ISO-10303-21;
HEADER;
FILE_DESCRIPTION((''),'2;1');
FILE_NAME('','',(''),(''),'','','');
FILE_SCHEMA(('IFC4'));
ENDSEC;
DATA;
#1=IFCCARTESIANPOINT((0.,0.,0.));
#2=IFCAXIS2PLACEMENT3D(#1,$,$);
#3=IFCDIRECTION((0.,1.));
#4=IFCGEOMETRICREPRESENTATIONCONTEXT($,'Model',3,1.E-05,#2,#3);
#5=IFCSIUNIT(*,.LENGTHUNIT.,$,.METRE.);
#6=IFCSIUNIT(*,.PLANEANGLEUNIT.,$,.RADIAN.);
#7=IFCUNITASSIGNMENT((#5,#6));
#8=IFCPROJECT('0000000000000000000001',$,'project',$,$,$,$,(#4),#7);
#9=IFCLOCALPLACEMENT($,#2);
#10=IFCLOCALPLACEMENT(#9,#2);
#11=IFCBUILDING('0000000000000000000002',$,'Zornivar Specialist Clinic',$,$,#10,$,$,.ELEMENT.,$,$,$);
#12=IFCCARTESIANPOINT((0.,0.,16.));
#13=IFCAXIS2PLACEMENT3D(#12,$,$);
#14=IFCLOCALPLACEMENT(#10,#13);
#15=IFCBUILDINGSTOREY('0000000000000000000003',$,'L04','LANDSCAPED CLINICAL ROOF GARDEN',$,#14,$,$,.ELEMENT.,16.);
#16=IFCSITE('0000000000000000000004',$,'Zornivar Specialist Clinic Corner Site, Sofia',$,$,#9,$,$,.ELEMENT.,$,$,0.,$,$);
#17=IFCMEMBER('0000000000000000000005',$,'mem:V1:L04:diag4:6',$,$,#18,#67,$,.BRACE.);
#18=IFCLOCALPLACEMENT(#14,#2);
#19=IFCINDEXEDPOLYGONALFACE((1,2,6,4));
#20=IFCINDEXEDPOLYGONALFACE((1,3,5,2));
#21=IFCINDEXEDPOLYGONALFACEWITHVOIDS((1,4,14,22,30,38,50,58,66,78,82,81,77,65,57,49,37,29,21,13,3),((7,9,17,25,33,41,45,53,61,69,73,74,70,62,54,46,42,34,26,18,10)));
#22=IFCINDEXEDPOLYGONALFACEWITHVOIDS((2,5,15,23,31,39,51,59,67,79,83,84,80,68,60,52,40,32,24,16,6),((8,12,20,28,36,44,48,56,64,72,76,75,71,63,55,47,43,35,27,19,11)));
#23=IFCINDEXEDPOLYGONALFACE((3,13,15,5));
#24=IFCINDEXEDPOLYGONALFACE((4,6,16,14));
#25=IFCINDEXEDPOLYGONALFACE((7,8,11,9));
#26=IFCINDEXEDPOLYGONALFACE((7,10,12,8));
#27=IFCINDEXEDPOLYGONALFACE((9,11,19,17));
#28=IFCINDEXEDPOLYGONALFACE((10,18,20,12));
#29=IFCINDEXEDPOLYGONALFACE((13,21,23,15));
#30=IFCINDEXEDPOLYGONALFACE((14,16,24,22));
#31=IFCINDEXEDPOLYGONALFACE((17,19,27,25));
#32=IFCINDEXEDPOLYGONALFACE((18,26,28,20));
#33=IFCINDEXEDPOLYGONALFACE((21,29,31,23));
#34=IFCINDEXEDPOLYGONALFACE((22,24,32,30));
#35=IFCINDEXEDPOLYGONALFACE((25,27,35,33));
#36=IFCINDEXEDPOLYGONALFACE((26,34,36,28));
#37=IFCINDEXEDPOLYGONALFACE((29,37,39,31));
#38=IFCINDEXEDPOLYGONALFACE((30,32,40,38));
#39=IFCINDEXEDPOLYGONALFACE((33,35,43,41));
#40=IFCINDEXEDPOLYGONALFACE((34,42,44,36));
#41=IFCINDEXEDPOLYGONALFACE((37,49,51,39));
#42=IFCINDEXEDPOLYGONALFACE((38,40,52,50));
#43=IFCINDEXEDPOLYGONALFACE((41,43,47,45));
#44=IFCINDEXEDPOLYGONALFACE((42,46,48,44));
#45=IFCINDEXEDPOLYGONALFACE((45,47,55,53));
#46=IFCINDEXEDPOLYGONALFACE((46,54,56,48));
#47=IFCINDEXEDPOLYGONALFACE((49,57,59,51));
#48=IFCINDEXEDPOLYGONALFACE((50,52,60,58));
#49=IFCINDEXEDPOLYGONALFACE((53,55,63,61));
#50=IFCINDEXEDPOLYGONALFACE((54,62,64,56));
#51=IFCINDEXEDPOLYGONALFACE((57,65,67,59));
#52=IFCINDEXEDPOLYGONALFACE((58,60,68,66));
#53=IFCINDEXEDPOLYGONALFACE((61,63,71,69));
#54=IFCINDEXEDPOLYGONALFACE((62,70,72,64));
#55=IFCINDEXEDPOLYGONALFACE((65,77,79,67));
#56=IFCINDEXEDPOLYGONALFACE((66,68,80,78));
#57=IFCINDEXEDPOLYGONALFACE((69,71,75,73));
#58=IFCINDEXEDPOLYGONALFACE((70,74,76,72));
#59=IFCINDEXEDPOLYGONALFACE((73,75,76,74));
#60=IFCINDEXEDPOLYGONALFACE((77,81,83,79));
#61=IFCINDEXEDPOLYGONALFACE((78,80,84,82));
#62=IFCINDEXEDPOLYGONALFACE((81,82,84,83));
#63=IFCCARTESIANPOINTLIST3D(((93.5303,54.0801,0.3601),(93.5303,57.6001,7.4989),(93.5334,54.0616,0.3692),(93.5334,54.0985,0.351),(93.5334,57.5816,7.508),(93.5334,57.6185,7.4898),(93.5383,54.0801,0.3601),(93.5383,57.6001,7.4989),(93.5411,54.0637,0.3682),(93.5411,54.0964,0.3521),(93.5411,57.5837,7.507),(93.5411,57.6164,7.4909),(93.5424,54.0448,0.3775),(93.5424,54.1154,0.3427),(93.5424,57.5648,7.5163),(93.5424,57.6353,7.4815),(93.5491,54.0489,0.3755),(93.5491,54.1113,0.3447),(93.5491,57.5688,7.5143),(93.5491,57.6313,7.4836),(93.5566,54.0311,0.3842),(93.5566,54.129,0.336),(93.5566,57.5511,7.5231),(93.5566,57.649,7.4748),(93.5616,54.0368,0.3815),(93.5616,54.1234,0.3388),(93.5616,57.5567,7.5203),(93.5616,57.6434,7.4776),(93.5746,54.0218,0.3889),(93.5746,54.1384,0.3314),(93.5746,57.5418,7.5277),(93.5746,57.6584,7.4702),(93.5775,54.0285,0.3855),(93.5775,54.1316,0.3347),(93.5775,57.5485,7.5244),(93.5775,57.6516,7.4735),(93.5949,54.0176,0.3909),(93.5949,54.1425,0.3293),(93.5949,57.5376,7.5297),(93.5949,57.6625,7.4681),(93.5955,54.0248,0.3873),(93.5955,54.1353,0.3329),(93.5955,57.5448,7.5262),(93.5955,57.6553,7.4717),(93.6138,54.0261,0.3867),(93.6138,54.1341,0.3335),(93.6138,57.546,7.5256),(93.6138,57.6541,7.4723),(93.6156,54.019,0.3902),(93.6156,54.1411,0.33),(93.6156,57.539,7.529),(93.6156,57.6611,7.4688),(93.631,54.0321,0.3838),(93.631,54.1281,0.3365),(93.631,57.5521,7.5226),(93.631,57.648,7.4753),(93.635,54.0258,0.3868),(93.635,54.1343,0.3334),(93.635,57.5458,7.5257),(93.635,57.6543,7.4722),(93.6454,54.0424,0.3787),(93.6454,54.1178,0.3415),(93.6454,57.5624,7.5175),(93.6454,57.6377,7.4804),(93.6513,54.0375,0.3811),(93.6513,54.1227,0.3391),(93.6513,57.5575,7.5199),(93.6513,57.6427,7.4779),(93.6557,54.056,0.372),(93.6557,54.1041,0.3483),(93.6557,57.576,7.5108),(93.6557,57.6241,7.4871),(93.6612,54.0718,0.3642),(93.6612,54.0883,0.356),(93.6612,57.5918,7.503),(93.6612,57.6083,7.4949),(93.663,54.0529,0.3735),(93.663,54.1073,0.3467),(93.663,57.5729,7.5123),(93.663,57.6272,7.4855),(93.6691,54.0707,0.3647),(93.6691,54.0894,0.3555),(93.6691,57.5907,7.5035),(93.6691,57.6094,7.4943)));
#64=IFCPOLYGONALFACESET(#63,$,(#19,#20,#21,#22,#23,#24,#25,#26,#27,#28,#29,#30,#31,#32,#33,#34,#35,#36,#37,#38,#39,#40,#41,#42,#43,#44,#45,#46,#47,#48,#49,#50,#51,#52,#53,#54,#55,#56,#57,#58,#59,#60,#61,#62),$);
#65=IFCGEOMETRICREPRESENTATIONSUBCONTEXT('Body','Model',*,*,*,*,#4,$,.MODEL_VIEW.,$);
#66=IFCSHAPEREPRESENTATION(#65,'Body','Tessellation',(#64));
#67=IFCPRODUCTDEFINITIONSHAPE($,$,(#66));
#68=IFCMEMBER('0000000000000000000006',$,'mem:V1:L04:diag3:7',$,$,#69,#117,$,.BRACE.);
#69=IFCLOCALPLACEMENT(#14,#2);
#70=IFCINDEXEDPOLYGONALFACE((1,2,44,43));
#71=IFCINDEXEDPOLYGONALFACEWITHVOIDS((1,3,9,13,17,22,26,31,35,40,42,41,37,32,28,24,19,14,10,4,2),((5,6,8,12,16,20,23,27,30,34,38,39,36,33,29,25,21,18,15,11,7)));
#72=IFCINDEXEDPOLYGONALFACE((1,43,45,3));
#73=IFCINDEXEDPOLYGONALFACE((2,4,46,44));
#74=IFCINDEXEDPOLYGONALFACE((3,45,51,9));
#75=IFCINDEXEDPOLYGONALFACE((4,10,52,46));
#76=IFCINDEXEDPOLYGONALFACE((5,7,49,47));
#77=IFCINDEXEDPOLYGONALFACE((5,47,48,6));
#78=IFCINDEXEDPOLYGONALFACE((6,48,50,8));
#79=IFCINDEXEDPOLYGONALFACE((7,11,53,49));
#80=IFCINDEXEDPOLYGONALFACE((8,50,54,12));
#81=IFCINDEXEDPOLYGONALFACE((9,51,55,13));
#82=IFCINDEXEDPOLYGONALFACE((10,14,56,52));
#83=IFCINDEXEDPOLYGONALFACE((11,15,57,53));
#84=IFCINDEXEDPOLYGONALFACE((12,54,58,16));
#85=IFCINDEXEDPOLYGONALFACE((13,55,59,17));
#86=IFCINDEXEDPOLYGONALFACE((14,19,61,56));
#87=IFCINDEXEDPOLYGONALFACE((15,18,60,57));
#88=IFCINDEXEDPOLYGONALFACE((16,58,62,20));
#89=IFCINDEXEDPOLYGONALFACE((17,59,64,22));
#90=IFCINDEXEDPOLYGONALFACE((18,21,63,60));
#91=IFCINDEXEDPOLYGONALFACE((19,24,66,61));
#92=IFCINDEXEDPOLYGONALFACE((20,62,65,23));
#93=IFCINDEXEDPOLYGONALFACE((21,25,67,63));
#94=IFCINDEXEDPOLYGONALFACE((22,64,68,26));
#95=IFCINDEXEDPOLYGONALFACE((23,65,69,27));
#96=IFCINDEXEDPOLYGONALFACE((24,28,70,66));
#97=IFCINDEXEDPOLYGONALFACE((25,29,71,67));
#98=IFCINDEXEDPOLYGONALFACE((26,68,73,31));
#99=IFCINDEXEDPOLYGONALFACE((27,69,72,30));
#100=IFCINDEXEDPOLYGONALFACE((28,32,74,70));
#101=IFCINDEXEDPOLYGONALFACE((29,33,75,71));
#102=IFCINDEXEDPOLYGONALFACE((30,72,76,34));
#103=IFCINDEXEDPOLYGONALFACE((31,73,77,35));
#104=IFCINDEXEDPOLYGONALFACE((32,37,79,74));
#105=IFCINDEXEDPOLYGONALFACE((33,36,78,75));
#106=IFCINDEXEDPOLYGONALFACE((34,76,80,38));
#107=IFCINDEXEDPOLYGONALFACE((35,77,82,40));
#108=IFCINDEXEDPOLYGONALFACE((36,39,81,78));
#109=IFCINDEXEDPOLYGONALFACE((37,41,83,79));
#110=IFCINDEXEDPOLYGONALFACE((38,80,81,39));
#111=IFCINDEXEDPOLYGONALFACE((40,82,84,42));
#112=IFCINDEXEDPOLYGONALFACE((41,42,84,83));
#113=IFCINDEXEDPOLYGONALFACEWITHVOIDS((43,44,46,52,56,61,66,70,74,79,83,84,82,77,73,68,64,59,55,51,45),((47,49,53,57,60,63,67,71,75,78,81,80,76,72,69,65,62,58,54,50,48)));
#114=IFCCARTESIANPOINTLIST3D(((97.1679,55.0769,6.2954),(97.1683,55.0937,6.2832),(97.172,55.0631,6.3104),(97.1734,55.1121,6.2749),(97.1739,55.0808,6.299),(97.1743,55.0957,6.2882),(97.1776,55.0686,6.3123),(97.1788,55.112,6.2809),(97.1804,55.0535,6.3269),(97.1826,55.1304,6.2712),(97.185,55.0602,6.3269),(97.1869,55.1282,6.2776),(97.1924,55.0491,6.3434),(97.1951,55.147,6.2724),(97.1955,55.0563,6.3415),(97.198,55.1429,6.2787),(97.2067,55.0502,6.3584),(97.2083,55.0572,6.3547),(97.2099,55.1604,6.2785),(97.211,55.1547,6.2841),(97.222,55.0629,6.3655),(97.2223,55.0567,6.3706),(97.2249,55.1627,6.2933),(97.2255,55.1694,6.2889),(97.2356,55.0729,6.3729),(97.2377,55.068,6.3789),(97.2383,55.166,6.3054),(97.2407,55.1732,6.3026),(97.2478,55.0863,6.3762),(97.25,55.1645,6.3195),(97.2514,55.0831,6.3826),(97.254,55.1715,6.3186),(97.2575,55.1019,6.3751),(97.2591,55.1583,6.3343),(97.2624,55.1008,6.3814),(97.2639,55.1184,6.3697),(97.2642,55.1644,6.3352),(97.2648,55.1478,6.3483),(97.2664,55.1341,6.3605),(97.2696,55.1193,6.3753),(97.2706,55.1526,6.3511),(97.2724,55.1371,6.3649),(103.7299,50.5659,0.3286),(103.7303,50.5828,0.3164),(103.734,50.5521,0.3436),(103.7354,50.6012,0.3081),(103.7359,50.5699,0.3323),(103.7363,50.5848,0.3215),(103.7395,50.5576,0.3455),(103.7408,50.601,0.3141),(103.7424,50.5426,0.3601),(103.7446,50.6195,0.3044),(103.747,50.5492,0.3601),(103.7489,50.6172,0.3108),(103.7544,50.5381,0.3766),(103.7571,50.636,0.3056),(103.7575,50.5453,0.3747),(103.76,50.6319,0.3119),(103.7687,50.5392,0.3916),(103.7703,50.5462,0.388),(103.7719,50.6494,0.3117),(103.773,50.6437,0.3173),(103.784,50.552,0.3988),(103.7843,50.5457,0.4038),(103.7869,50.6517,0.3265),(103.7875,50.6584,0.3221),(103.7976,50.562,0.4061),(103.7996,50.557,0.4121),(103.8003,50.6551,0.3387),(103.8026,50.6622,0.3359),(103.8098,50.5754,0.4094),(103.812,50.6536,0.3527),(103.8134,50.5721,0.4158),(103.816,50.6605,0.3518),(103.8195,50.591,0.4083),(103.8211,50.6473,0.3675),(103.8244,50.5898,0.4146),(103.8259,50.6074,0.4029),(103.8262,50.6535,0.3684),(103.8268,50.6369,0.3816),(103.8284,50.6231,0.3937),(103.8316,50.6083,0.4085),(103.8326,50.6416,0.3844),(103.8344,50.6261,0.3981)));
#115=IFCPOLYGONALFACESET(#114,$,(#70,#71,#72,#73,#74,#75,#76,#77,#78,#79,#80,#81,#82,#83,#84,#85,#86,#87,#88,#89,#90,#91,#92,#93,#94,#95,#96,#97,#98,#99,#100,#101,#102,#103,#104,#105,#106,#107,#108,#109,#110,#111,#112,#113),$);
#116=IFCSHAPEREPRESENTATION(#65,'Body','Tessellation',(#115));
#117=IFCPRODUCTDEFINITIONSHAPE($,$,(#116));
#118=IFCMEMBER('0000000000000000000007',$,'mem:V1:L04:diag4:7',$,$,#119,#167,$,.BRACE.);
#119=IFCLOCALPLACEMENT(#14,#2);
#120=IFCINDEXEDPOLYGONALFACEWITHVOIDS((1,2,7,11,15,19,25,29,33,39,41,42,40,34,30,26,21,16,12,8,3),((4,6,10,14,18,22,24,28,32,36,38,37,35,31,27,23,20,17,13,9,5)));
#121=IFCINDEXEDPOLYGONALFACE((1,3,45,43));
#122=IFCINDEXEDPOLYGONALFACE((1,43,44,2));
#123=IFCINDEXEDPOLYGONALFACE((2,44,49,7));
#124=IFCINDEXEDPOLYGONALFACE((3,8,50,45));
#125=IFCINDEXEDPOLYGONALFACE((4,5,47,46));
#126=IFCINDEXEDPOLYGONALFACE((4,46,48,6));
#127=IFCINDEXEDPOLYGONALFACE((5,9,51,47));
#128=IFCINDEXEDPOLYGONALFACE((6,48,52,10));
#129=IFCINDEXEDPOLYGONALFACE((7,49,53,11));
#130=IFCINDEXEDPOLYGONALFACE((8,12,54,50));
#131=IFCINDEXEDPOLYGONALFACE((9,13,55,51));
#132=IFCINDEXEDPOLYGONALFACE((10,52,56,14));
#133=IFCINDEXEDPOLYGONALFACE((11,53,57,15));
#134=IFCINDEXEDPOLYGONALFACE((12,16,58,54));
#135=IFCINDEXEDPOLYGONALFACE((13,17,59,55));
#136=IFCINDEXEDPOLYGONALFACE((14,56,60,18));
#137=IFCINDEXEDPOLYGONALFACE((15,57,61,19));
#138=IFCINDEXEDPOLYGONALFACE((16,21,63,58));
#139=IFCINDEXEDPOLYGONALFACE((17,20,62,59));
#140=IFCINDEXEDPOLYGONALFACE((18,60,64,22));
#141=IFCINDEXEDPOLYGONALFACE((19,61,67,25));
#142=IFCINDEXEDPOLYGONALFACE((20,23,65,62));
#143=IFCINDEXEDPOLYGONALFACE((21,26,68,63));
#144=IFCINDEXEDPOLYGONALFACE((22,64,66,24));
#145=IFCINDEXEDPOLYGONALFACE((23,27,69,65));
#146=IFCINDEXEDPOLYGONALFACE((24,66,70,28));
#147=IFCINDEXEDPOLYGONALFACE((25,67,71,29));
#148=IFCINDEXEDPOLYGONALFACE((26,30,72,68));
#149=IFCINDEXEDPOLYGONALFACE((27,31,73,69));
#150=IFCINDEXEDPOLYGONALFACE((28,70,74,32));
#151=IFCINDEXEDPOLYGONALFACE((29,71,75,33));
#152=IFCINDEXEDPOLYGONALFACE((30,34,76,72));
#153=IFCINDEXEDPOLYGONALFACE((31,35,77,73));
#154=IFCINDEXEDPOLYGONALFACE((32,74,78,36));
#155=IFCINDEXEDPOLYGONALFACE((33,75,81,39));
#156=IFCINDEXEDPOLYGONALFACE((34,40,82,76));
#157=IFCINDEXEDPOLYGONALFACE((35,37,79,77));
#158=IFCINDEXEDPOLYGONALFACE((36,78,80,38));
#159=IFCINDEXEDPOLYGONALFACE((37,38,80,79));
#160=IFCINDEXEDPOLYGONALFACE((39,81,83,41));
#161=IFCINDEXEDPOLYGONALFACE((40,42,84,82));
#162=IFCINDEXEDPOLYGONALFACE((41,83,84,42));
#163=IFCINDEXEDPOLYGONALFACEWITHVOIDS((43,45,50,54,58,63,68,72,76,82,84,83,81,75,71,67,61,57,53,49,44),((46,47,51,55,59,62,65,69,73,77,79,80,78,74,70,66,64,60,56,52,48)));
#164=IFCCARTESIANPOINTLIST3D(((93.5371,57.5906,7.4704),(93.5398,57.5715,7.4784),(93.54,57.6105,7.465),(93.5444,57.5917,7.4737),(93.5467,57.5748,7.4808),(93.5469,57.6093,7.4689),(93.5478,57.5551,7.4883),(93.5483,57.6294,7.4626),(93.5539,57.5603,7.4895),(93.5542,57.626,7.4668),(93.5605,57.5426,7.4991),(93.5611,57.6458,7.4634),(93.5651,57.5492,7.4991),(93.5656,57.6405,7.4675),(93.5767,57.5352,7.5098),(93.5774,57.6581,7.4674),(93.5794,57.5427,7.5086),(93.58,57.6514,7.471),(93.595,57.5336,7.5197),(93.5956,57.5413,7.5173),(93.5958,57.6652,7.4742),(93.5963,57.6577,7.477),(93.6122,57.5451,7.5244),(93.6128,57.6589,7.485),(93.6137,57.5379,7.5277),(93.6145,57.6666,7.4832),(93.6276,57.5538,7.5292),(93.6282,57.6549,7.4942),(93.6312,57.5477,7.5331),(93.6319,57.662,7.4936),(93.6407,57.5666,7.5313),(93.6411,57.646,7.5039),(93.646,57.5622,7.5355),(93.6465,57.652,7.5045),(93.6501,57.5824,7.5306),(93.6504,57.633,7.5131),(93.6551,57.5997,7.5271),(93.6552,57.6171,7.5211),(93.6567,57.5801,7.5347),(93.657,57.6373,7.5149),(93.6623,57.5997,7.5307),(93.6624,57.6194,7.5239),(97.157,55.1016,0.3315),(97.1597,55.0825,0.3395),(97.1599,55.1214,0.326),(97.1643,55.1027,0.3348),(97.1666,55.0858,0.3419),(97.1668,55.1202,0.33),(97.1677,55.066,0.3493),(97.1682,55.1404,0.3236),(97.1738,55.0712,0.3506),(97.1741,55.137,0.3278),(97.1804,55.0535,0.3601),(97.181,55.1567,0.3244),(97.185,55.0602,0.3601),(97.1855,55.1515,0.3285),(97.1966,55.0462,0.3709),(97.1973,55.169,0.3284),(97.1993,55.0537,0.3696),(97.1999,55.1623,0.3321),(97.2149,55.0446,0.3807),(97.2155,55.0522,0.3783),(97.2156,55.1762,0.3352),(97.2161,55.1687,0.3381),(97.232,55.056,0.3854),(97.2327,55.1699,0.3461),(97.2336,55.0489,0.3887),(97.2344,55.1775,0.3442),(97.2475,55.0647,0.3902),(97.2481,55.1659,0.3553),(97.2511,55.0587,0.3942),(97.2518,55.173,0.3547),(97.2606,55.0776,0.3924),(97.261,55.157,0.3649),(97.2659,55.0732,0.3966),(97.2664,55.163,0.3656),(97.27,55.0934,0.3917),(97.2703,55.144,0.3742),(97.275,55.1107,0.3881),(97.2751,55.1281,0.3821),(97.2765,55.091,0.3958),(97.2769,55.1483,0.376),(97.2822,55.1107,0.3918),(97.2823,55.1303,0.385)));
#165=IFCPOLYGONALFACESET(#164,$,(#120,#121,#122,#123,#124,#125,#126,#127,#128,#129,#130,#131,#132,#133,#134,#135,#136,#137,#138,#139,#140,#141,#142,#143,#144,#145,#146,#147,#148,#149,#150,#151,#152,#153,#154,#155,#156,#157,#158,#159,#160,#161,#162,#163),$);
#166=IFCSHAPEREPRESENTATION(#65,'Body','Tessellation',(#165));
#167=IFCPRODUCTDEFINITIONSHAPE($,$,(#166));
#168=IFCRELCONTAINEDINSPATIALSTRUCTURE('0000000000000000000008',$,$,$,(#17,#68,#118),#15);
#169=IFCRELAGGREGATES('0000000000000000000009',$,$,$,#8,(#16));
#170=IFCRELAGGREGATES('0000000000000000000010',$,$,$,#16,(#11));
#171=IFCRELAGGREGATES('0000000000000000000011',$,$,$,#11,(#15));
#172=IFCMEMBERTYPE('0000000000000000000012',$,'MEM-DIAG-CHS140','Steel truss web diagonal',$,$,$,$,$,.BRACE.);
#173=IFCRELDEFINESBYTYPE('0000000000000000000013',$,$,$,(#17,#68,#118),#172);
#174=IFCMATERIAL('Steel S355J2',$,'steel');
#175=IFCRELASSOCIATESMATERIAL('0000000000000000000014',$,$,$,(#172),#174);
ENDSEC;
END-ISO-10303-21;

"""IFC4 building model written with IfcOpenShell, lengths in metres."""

from ifc_helpers import new_model, si_unit, direction, frame, origin, origin_2d, place, context, subcontext, project, spatial, hollow_circle, extrude, material, material_profile, profile_set, type_object, element, save


model = new_model("IFC4")

# Units and contexts
model_context = context("Model", 3, precision=1e-05, world=origin(), true_north=direction((0.0, 1.0)))
body_context = subcontext(model_context, "Body", "Model", "MODEL_VIEW")
ifc_project = project(units=[si_unit("LENGTHUNIT", "METRE"), si_unit("PLANEANGLEUNIT", "RADIAN")], contexts=[model_context])

# Site, building, storey
site_placement = place(None, origin())
site = spatial("IfcSite", under=ifc_project, at=site_placement, Name="Zornivar Specialist Clinic Corner Site, Sofia", CompositionType="ELEMENT", RefElevation=0.0)
building_placement = place(site_placement, origin())
building = spatial("IfcBuilding", under=site, at=building_placement, Name="Zornivar Specialist Clinic", CompositionType="ELEMENT")
storey_placement = place(building_placement, frame((0.0, 0.0, 16.0)))
storey = spatial("IfcBuildingStorey", under=building, at=storey_placement, Name="L04", Description="LANDSCAPED CLINICAL ROOF GARDEN", CompositionType="ELEMENT", Elevation=16.0)

# Members
ifc_material_1 = material(Name="Steel S355J2", Category="steel")
ifc_material_profile_1 = material_profile(ifc_material_1, hollow_circle(Radius=0.0698, WallThickness=0.0081, at=origin_2d()), Name="CHS 139.7x8")
ifc_profile_set_1 = profile_set([ifc_material_profile_1], Name="Steel S355J2")
member_type_1 = type_object("IfcMemberType", Name="MEM-DIAG-CHS140", Description="Steel truss web diagonal", PredefinedType="BRACE", material=ifc_profile_set_1)
member_1_placement = place(storey_placement, frame((93.6001, 54.0801, 0.3601), z_axis=(0.0, 0.442238, 0.896898), x_axis=(-1.0, 0.0, 0.0)))
element("IfcMember", 1, at=member_1_placement, inside=storey, type_object=member_type_1, Name="mem:V1:L04:diag4:6", PredefinedType="BRACE", context=body_context, shape_type="SweptSolid", body=[
    extrude(hollow_circle(Radius=0.0698, WallThickness=0.0081, at=origin_2d()), origin(), (0.0, 0.0, 1.0), 7.9595),
])
member_2_placement = place(storey_placement, frame((103.782, 50.6001, 0.3601), z_axis=(-0.659468, 0.453344, 0.59965), x_axis=(-0.566495, -0.824065, 0.0)))
element("IfcMember", 2, at=member_2_placement, inside=storey, type_object=member_type_1, Name="mem:V1:L04:diag3:7", PredefinedType="BRACE", context=body_context, shape_type="SweptSolid", body=[
    extrude(hollow_circle(Radius=0.0698, WallThickness=0.0081, at=origin_2d()), origin(), (0.0, 0.0, 1.0), 9.9504),
])
member_3_placement = place(storey_placement, frame((97.22, 55.1111, 0.3601), z_axis=(-0.431848, 0.296937, 0.851667), x_axis=(-0.566583, -0.824005, 0.0)))
element("IfcMember", 3, at=member_3_placement, inside=storey, type_object=member_type_1, Name="mem:V1:L04:diag4:7", PredefinedType="BRACE", context=body_context, shape_type="SweptSolid", body=[
    extrude(hollow_circle(Radius=0.0698, WallThickness=0.0081, at=origin_2d()), origin(), (0.0, 0.0, 1.0), 8.3823),
])

save(model, "model.ifc")
